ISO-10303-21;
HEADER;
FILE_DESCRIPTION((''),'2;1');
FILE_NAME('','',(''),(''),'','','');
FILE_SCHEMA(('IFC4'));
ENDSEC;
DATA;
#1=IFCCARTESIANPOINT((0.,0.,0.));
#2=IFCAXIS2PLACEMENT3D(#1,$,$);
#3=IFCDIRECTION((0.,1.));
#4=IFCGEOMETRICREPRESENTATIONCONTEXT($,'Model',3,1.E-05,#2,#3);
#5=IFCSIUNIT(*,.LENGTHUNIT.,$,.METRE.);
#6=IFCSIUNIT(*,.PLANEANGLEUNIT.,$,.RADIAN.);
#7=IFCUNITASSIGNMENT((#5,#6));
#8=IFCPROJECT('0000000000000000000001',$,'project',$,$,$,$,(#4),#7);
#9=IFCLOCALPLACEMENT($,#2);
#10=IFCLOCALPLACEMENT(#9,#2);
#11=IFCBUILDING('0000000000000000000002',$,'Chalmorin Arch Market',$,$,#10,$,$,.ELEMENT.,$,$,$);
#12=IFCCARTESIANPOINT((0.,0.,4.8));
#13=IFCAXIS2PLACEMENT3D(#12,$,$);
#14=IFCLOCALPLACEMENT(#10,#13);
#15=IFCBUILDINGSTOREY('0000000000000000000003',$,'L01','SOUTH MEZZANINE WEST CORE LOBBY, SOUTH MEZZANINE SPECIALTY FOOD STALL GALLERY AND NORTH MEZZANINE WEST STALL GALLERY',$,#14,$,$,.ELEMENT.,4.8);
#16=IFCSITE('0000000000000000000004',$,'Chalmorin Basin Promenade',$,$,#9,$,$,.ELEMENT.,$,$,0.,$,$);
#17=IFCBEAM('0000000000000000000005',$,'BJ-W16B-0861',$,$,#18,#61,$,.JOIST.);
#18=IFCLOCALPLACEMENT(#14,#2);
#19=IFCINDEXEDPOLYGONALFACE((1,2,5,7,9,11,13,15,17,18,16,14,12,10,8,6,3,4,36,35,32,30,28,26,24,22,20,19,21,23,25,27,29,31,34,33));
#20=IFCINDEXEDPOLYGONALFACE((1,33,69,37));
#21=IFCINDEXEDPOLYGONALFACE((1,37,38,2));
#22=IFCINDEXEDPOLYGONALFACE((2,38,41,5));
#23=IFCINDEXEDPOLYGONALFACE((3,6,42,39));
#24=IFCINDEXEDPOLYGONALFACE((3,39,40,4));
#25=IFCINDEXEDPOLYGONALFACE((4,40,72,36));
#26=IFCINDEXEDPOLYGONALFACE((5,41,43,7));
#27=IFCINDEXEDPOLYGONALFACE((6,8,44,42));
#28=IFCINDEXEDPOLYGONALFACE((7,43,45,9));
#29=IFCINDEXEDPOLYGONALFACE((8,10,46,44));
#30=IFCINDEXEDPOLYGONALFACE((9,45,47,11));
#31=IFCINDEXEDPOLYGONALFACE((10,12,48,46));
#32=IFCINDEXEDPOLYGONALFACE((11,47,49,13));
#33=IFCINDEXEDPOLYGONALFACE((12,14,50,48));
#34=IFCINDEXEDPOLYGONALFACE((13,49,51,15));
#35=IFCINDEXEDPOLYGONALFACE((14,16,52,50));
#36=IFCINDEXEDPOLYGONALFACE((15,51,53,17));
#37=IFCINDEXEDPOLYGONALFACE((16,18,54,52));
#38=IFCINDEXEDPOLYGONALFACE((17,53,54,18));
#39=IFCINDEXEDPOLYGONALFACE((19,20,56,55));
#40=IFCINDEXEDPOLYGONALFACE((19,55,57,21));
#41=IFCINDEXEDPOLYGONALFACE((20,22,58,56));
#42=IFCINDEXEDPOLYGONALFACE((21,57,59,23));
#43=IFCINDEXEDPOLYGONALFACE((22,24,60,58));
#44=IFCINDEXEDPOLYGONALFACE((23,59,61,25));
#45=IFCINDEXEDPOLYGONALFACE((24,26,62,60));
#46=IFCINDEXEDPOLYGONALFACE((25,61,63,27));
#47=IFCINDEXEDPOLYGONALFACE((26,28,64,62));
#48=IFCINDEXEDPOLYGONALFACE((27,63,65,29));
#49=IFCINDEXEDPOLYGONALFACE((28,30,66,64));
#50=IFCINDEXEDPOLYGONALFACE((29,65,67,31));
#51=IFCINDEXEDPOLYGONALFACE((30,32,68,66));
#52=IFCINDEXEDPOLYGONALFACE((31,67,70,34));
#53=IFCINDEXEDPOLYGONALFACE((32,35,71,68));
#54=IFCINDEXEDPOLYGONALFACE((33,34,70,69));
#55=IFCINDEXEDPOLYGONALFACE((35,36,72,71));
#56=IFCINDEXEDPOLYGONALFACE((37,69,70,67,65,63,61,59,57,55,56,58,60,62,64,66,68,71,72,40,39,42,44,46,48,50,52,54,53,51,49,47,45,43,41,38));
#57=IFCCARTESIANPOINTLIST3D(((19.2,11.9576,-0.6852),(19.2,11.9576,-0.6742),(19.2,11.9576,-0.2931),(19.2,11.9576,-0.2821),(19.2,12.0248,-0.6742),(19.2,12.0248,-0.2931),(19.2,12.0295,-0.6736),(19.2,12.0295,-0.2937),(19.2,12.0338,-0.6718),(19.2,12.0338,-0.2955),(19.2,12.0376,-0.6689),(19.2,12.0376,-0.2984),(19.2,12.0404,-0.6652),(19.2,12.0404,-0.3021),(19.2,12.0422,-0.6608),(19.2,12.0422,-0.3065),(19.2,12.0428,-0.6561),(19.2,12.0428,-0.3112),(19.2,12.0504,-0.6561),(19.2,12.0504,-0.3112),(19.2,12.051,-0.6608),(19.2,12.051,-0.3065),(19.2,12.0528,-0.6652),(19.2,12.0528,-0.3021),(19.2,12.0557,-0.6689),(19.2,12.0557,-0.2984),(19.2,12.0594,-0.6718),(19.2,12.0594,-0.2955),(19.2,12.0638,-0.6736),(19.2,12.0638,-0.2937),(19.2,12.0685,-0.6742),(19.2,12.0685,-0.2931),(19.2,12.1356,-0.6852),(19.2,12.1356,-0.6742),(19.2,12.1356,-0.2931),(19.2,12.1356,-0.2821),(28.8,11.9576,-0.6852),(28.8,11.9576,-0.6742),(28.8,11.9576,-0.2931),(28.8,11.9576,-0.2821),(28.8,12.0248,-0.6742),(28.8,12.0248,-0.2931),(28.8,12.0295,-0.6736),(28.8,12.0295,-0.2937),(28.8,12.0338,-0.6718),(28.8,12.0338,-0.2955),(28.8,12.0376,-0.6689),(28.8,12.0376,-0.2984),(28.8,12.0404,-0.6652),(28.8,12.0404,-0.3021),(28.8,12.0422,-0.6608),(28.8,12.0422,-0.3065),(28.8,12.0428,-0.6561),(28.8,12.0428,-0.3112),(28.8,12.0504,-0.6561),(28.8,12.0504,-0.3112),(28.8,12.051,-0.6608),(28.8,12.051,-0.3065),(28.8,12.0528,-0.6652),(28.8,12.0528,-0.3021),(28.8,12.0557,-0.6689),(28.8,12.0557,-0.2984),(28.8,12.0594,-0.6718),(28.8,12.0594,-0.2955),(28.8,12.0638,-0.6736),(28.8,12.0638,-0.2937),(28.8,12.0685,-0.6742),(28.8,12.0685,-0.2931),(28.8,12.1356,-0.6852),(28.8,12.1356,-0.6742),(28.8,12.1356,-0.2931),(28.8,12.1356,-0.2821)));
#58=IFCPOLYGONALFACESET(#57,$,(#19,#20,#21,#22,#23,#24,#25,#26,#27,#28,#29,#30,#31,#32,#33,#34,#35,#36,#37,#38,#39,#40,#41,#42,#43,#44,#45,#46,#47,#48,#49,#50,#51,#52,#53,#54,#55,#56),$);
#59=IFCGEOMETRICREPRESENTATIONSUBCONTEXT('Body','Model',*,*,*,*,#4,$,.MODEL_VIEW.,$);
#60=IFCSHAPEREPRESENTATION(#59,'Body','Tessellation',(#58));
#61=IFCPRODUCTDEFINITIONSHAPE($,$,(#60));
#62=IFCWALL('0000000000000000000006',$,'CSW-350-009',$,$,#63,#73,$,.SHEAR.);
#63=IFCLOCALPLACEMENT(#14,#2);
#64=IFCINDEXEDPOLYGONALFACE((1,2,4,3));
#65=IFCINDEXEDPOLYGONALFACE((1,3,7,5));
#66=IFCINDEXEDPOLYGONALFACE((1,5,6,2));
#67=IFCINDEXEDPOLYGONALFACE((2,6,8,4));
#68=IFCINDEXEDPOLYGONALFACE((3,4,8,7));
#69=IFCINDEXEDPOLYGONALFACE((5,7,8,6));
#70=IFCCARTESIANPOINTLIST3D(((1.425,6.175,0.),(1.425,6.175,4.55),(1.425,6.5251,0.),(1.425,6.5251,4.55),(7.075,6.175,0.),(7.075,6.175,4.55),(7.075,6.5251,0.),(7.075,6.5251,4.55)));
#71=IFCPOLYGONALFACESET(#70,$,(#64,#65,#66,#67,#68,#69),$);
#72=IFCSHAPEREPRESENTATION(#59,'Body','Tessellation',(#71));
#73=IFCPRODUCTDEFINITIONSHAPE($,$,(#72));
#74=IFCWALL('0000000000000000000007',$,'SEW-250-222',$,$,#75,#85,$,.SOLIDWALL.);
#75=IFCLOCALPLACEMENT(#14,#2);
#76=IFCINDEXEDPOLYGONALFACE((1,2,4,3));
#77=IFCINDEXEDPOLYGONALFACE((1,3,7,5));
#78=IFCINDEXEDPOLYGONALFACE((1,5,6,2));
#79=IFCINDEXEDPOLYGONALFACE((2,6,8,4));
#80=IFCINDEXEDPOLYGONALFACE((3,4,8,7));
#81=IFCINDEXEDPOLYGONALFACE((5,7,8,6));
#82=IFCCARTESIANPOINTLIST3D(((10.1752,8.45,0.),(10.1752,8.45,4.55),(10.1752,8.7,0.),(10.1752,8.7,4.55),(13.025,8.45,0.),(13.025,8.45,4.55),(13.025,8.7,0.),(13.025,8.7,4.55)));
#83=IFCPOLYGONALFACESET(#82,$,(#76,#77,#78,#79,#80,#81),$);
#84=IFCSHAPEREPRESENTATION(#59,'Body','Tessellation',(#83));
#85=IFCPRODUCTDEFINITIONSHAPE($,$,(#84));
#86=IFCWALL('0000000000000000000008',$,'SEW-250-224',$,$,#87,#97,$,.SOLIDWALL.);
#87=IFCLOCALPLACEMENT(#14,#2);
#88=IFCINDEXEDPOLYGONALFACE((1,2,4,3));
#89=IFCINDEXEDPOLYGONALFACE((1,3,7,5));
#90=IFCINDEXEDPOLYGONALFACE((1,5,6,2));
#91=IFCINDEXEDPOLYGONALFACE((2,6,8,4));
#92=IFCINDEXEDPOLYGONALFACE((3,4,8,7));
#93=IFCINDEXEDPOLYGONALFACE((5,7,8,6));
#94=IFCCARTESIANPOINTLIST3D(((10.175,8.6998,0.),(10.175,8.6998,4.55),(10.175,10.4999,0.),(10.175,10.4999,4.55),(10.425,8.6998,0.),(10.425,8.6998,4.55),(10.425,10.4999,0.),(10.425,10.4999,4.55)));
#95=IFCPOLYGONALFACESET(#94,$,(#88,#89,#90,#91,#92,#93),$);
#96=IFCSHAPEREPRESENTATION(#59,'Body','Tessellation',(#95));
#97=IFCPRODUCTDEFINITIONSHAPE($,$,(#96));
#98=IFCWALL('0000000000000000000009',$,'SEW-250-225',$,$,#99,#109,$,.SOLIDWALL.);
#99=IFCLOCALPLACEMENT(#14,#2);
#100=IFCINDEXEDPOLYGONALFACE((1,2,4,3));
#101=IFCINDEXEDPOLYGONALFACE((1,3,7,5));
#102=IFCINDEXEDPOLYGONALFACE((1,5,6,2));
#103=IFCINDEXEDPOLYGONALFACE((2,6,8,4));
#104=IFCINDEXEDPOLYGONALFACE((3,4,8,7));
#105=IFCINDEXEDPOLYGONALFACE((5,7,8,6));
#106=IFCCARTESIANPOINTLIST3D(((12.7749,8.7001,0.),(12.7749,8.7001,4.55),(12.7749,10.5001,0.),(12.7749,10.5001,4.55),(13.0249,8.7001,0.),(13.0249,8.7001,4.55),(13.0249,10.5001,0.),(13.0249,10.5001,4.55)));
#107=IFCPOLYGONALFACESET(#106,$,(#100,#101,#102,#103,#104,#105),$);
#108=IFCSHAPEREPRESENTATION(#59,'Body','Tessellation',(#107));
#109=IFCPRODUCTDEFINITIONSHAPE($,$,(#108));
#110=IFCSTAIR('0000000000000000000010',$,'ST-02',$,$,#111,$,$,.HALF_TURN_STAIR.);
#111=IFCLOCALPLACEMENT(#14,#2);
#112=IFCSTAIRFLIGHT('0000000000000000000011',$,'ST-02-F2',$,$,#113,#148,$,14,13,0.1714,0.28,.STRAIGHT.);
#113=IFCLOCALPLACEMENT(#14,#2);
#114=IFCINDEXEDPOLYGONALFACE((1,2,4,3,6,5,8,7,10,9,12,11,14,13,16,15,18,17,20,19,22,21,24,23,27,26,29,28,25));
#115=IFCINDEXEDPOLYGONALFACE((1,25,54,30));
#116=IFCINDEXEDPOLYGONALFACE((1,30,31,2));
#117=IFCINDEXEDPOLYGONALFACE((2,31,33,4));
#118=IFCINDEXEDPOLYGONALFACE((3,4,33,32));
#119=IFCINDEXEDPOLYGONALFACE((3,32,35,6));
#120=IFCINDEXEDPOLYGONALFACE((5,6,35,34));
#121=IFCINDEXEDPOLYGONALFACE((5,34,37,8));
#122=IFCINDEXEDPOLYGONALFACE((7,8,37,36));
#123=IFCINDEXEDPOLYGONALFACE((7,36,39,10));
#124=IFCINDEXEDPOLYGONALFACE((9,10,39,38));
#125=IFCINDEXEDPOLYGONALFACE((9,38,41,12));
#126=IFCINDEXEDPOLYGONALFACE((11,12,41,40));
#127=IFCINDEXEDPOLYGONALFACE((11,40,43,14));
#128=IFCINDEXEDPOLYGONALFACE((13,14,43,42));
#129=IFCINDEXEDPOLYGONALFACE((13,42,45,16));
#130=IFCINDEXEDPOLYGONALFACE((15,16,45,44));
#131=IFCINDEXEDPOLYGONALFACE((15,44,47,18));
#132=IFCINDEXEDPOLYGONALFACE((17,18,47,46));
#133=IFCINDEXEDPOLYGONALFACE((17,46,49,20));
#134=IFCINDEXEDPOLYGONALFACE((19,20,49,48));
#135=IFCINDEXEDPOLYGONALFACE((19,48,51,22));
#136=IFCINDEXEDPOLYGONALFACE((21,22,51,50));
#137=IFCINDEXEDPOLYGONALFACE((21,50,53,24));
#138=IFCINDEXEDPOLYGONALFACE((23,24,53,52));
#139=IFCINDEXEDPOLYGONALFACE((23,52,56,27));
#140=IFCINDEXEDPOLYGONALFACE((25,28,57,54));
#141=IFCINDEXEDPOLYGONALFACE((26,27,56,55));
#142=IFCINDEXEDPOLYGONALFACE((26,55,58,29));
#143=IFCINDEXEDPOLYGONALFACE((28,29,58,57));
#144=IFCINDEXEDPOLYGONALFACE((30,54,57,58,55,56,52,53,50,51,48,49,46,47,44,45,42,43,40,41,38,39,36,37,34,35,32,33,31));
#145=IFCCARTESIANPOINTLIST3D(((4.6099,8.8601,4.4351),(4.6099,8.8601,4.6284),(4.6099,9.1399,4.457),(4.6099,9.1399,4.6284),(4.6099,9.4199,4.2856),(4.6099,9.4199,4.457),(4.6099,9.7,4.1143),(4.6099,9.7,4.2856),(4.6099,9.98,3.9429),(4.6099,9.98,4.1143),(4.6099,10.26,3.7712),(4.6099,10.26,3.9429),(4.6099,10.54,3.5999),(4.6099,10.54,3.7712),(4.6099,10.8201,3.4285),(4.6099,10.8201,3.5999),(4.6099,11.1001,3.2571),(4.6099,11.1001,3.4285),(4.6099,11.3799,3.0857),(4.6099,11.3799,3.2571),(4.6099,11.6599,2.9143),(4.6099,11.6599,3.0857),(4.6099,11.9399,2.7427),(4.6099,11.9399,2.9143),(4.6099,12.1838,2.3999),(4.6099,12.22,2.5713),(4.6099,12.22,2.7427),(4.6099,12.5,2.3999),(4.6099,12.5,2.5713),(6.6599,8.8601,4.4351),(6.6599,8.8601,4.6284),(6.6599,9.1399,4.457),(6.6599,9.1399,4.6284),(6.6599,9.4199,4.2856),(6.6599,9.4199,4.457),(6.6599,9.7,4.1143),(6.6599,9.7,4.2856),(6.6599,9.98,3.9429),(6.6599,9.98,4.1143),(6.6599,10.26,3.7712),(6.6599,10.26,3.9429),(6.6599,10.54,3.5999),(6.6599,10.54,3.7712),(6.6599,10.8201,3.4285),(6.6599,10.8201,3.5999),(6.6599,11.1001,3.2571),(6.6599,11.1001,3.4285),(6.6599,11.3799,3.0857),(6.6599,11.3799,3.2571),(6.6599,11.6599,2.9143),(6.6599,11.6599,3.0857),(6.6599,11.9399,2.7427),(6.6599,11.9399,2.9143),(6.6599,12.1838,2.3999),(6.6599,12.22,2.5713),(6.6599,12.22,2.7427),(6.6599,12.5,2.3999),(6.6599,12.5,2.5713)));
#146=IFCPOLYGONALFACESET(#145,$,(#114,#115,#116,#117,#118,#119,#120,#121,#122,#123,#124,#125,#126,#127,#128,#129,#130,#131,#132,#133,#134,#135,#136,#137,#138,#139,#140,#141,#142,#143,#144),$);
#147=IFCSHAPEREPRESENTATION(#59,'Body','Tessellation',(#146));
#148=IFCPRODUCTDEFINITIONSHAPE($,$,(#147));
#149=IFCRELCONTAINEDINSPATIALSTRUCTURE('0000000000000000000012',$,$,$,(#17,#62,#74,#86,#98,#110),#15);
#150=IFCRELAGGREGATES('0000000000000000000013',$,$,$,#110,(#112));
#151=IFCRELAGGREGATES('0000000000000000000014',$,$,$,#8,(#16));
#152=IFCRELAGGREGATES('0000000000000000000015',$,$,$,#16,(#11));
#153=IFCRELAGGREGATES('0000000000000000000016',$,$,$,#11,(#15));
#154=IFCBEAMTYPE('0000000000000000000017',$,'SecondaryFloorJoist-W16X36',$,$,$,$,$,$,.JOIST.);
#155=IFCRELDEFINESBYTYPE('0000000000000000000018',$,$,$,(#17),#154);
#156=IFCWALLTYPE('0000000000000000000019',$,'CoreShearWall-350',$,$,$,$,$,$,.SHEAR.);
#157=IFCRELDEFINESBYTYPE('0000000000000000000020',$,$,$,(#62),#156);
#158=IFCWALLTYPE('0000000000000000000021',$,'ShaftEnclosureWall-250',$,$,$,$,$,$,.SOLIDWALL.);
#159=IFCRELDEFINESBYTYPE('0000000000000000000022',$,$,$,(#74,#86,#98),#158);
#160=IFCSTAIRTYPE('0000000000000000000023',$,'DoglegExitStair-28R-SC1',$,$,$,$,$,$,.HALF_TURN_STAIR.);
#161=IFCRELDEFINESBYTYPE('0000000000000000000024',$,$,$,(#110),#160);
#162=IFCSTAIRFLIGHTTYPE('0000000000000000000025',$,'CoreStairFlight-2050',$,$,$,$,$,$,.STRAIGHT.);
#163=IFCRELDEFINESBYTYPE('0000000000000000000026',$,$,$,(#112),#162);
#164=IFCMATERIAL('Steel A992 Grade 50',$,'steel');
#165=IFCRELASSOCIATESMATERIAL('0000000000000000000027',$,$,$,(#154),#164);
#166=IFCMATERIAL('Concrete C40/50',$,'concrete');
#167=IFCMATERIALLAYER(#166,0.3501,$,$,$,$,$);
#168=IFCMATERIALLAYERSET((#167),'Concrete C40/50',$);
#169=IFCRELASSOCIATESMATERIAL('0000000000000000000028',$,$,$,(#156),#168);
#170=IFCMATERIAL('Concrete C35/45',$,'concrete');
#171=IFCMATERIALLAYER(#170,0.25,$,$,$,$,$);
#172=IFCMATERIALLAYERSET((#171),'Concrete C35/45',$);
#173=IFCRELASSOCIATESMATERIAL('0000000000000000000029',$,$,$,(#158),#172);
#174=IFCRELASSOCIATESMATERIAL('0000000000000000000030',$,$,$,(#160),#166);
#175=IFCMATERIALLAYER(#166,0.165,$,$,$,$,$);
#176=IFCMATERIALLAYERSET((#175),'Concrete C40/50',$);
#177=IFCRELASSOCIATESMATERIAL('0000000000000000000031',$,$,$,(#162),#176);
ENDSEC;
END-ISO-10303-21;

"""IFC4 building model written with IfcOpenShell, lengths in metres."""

from ifc_helpers import new_model, si_unit, direction, frame, frame_2d, origin, origin_2d, place, context, subcontext, project, spatial, polyline, rectangle, i_section, outline, extrude, material, layer, layer_set, material_profile, profile_set, type_object, element, aggregate, save


model = new_model("IFC4")

# Units and contexts
model_context = context("Model", 3, precision=1e-05, world=origin(), true_north=direction((0.0, 1.0)))
body_context = subcontext(model_context, "Body", "Model", "MODEL_VIEW")
ifc_project = project(units=[si_unit("LENGTHUNIT", "METRE"), si_unit("PLANEANGLEUNIT", "RADIAN")], contexts=[model_context])

# Site, building, storey
site_placement = place(None, origin())
site = spatial("IfcSite", under=ifc_project, at=site_placement, Name="Chalmorin Basin Promenade", CompositionType="ELEMENT", RefElevation=0.0)
building_placement = place(site_placement, origin())
building = spatial("IfcBuilding", under=site, at=building_placement, Name="Chalmorin Arch Market", CompositionType="ELEMENT")
storey_placement = place(building_placement, frame((0.0, 0.0, 4.8)))
storey = spatial("IfcBuildingStorey", under=building, at=storey_placement, Name="L01", Description="SOUTH MEZZANINE WEST CORE LOBBY, SOUTH MEZZANINE SPECIALTY FOOD STALL GALLERY AND NORTH MEZZANINE WEST STALL GALLERY", CompositionType="ELEMENT", Elevation=4.8)

# Shared definitions
ifc_material_1 = material(Name="Steel A992 Grade 50", Category="steel")

# Beam
ifc_material_profile_1 = material_profile(ifc_material_1, i_section(OverallWidth=0.178, OverallDepth=0.4031, WebThickness=0.0076, FlangeThickness=0.011, FilletRadius=0.0181, at=origin_2d()), Name="W16X36")
ifc_profile_set_1 = profile_set([ifc_material_profile_1], Name="Steel A992 Grade 50")
beam_type_1 = type_object("IfcBeamType", Name="SecondaryFloorJoist-W16X36", PredefinedType="JOIST", material=ifc_profile_set_1)
for number, where, z_axis, x_axis, name in (
    (1, (19.2, 12.0466, -0.4836), (1.0, 0.0, 0.0), (0.0, 1.0, 0.0), "BJ-W16B-0861"),
):
    element("IfcBeam", number, at=place(storey_placement, frame(where, z_axis=z_axis, x_axis=x_axis)), inside=storey, type_object=beam_type_1, Name=name, PredefinedType="JOIST", context=body_context, shape_type="SweptSolid", body=[
        extrude(i_section(OverallWidth=0.178, OverallDepth=0.4031, WebThickness=0.0076, FlangeThickness=0.011, FilletRadius=0.0181, at=origin_2d()), origin(), (0.0, 0.0, 1.0), 9.6001),
    ])

# Wall
ifc_material_2 = material(Name="Concrete C40/50", Category="concrete")
ifc_layer_1 = layer(ifc_material_2, 0.3501)
ifc_layer_set_1 = layer_set([ifc_layer_1], Name="Concrete C40/50")
wall_type_1 = type_object("IfcWallType", Name="CoreShearWall-350", PredefinedType="SHEAR", material=ifc_layer_set_1)
wall_1_placement = place(storey_placement, frame((7.075, 6.3501, 0.0), z_axis=(0.0, 0.0, 1.0), x_axis=(-1.0, 0.0, 0.0)))
element("IfcWall", 2, at=wall_1_placement, inside=storey, type_object=wall_type_1, Name="CSW-350-009", PredefinedType="SHEAR", context=body_context, shape_type="SweptSolid", body=[
    extrude(rectangle(XDim=5.6499, YDim=0.3501, at=frame_2d((2.825, 0.0))), origin(), (0.0, 0.0, 1.0), 4.55),
])

# Wall
ifc_material_3 = material(Name="Concrete C35/45", Category="concrete")
ifc_layer_2 = layer(ifc_material_3, 0.25)
ifc_layer_set_2 = layer_set([ifc_layer_2], Name="Concrete C35/45")
wall_type_2 = type_object("IfcWallType", Name="ShaftEnclosureWall-250", PredefinedType="SOLIDWALL", material=ifc_layer_set_2)
wall_2_placement = place(storey_placement, frame((13.0249, 8.575, 0.0), z_axis=(0.0, 0.0, 1.0), x_axis=(-1.0, 0.0, 0.0)))
element("IfcWall", 3, at=wall_2_placement, inside=storey, type_object=wall_type_2, Name="SEW-250-222", PredefinedType="SOLIDWALL", context=body_context, shape_type="SweptSolid", body=[
    extrude(rectangle(XDim=2.8499, YDim=0.25, at=frame_2d((1.4248, 0.0))), origin(), (0.0, 0.0, 1.0), 4.55),
])

# Walls
for number, where, z_axis, x_axis, name in (
    (4, (10.3, 8.7, 0.0), (0.0, 0.0, 1.0), (0.0, 1.0, 0.0), "SEW-250-224"),
    (5, (12.8999, 10.5, 0.0), (0.0, 0.0, 1.0), (0.0, -1.0, 0.0), "SEW-250-225"),
):
    element("IfcWall", number, at=place(storey_placement, frame(where, z_axis=z_axis, x_axis=x_axis)), inside=storey, type_object=wall_type_2, Name=name, PredefinedType="SOLIDWALL", context=body_context, shape_type="SweptSolid", body=[
        extrude(rectangle(XDim=1.8, YDim=0.25, at=frame_2d((0.8999, 0.0))), origin(), (0.0, 0.0, 1.0), 4.55),
    ])

# Stair, stair flight
stair_type = type_object("IfcStairType", Name="DoglegExitStair-28R-SC1", PredefinedType="HALF_TURN_STAIR", material=ifc_material_2)
stair_placement = place(storey_placement, origin())
stair = element("IfcStair", 6, at=stair_placement, inside=storey, type_object=stair_type, Name="ST-02", PredefinedType="HALF_TURN_STAIR")
ifc_layer_3 = layer(ifc_material_2, 0.165)
ifc_layer_set_3 = layer_set([ifc_layer_3], Name="Concrete C40/50")
stair_flight_type = type_object("IfcStairFlightType", Name="CoreStairFlight-2050", PredefinedType="STRAIGHT", material=ifc_layer_set_3)
stair_flight_placement = place(storey_placement, frame((5.635, 12.5, 2.3999), z_axis=(0.0, 0.0, 1.0), x_axis=(0.0, -1.0, 0.0)))
stair_flight = element("IfcStairFlight", 7, at=stair_flight_placement, type_object=stair_flight_type, Name="ST-02-F2", NumberOfRisers=14, NumberOfTreads=13, PredefinedType="STRAIGHT", RiserHeight=0.1714, TreadLength=0.28, context=body_context, shape_type="SweptSolid", body=[
    extrude(outline(polyline([(0.0, 0.0), (0.0, 0.1714), (0.28, 0.1714), (0.28, 0.3428), (0.5601, 0.3428), (0.5601, 0.5144), (0.8401, 0.5144), (0.8401, 0.6858), (1.1201, 0.6858), (1.1201, 0.8572), (1.3999, 0.8572), (1.3999, 1.0286), (1.6799, 1.0286), (1.6799, 1.2), (1.96, 1.2), (1.96, 1.3713), (2.24, 1.3713), (2.24, 1.543), (2.52, 1.543), (2.52, 1.7144), (2.8, 1.7144), (2.8, 1.8857), (3.0801, 1.8857), (3.0801, 2.0571), (3.3601, 2.0571), (3.3601, 2.2285), (3.6399, 2.2285), (3.6399, 2.3999), (3.6399, 2.0352), (0.3162, 0.0), (0.0, 0.0)])), frame((0.0, 1.0249, 0.0), z_axis=(0.0, -1.0, 0.0), x_axis=(1.0, 0.0, 0.0)), (0.0, 0.0, 1.0), 2.05),
])
aggregate(stair, [stair_flight])

save(model, "model.ifc")
